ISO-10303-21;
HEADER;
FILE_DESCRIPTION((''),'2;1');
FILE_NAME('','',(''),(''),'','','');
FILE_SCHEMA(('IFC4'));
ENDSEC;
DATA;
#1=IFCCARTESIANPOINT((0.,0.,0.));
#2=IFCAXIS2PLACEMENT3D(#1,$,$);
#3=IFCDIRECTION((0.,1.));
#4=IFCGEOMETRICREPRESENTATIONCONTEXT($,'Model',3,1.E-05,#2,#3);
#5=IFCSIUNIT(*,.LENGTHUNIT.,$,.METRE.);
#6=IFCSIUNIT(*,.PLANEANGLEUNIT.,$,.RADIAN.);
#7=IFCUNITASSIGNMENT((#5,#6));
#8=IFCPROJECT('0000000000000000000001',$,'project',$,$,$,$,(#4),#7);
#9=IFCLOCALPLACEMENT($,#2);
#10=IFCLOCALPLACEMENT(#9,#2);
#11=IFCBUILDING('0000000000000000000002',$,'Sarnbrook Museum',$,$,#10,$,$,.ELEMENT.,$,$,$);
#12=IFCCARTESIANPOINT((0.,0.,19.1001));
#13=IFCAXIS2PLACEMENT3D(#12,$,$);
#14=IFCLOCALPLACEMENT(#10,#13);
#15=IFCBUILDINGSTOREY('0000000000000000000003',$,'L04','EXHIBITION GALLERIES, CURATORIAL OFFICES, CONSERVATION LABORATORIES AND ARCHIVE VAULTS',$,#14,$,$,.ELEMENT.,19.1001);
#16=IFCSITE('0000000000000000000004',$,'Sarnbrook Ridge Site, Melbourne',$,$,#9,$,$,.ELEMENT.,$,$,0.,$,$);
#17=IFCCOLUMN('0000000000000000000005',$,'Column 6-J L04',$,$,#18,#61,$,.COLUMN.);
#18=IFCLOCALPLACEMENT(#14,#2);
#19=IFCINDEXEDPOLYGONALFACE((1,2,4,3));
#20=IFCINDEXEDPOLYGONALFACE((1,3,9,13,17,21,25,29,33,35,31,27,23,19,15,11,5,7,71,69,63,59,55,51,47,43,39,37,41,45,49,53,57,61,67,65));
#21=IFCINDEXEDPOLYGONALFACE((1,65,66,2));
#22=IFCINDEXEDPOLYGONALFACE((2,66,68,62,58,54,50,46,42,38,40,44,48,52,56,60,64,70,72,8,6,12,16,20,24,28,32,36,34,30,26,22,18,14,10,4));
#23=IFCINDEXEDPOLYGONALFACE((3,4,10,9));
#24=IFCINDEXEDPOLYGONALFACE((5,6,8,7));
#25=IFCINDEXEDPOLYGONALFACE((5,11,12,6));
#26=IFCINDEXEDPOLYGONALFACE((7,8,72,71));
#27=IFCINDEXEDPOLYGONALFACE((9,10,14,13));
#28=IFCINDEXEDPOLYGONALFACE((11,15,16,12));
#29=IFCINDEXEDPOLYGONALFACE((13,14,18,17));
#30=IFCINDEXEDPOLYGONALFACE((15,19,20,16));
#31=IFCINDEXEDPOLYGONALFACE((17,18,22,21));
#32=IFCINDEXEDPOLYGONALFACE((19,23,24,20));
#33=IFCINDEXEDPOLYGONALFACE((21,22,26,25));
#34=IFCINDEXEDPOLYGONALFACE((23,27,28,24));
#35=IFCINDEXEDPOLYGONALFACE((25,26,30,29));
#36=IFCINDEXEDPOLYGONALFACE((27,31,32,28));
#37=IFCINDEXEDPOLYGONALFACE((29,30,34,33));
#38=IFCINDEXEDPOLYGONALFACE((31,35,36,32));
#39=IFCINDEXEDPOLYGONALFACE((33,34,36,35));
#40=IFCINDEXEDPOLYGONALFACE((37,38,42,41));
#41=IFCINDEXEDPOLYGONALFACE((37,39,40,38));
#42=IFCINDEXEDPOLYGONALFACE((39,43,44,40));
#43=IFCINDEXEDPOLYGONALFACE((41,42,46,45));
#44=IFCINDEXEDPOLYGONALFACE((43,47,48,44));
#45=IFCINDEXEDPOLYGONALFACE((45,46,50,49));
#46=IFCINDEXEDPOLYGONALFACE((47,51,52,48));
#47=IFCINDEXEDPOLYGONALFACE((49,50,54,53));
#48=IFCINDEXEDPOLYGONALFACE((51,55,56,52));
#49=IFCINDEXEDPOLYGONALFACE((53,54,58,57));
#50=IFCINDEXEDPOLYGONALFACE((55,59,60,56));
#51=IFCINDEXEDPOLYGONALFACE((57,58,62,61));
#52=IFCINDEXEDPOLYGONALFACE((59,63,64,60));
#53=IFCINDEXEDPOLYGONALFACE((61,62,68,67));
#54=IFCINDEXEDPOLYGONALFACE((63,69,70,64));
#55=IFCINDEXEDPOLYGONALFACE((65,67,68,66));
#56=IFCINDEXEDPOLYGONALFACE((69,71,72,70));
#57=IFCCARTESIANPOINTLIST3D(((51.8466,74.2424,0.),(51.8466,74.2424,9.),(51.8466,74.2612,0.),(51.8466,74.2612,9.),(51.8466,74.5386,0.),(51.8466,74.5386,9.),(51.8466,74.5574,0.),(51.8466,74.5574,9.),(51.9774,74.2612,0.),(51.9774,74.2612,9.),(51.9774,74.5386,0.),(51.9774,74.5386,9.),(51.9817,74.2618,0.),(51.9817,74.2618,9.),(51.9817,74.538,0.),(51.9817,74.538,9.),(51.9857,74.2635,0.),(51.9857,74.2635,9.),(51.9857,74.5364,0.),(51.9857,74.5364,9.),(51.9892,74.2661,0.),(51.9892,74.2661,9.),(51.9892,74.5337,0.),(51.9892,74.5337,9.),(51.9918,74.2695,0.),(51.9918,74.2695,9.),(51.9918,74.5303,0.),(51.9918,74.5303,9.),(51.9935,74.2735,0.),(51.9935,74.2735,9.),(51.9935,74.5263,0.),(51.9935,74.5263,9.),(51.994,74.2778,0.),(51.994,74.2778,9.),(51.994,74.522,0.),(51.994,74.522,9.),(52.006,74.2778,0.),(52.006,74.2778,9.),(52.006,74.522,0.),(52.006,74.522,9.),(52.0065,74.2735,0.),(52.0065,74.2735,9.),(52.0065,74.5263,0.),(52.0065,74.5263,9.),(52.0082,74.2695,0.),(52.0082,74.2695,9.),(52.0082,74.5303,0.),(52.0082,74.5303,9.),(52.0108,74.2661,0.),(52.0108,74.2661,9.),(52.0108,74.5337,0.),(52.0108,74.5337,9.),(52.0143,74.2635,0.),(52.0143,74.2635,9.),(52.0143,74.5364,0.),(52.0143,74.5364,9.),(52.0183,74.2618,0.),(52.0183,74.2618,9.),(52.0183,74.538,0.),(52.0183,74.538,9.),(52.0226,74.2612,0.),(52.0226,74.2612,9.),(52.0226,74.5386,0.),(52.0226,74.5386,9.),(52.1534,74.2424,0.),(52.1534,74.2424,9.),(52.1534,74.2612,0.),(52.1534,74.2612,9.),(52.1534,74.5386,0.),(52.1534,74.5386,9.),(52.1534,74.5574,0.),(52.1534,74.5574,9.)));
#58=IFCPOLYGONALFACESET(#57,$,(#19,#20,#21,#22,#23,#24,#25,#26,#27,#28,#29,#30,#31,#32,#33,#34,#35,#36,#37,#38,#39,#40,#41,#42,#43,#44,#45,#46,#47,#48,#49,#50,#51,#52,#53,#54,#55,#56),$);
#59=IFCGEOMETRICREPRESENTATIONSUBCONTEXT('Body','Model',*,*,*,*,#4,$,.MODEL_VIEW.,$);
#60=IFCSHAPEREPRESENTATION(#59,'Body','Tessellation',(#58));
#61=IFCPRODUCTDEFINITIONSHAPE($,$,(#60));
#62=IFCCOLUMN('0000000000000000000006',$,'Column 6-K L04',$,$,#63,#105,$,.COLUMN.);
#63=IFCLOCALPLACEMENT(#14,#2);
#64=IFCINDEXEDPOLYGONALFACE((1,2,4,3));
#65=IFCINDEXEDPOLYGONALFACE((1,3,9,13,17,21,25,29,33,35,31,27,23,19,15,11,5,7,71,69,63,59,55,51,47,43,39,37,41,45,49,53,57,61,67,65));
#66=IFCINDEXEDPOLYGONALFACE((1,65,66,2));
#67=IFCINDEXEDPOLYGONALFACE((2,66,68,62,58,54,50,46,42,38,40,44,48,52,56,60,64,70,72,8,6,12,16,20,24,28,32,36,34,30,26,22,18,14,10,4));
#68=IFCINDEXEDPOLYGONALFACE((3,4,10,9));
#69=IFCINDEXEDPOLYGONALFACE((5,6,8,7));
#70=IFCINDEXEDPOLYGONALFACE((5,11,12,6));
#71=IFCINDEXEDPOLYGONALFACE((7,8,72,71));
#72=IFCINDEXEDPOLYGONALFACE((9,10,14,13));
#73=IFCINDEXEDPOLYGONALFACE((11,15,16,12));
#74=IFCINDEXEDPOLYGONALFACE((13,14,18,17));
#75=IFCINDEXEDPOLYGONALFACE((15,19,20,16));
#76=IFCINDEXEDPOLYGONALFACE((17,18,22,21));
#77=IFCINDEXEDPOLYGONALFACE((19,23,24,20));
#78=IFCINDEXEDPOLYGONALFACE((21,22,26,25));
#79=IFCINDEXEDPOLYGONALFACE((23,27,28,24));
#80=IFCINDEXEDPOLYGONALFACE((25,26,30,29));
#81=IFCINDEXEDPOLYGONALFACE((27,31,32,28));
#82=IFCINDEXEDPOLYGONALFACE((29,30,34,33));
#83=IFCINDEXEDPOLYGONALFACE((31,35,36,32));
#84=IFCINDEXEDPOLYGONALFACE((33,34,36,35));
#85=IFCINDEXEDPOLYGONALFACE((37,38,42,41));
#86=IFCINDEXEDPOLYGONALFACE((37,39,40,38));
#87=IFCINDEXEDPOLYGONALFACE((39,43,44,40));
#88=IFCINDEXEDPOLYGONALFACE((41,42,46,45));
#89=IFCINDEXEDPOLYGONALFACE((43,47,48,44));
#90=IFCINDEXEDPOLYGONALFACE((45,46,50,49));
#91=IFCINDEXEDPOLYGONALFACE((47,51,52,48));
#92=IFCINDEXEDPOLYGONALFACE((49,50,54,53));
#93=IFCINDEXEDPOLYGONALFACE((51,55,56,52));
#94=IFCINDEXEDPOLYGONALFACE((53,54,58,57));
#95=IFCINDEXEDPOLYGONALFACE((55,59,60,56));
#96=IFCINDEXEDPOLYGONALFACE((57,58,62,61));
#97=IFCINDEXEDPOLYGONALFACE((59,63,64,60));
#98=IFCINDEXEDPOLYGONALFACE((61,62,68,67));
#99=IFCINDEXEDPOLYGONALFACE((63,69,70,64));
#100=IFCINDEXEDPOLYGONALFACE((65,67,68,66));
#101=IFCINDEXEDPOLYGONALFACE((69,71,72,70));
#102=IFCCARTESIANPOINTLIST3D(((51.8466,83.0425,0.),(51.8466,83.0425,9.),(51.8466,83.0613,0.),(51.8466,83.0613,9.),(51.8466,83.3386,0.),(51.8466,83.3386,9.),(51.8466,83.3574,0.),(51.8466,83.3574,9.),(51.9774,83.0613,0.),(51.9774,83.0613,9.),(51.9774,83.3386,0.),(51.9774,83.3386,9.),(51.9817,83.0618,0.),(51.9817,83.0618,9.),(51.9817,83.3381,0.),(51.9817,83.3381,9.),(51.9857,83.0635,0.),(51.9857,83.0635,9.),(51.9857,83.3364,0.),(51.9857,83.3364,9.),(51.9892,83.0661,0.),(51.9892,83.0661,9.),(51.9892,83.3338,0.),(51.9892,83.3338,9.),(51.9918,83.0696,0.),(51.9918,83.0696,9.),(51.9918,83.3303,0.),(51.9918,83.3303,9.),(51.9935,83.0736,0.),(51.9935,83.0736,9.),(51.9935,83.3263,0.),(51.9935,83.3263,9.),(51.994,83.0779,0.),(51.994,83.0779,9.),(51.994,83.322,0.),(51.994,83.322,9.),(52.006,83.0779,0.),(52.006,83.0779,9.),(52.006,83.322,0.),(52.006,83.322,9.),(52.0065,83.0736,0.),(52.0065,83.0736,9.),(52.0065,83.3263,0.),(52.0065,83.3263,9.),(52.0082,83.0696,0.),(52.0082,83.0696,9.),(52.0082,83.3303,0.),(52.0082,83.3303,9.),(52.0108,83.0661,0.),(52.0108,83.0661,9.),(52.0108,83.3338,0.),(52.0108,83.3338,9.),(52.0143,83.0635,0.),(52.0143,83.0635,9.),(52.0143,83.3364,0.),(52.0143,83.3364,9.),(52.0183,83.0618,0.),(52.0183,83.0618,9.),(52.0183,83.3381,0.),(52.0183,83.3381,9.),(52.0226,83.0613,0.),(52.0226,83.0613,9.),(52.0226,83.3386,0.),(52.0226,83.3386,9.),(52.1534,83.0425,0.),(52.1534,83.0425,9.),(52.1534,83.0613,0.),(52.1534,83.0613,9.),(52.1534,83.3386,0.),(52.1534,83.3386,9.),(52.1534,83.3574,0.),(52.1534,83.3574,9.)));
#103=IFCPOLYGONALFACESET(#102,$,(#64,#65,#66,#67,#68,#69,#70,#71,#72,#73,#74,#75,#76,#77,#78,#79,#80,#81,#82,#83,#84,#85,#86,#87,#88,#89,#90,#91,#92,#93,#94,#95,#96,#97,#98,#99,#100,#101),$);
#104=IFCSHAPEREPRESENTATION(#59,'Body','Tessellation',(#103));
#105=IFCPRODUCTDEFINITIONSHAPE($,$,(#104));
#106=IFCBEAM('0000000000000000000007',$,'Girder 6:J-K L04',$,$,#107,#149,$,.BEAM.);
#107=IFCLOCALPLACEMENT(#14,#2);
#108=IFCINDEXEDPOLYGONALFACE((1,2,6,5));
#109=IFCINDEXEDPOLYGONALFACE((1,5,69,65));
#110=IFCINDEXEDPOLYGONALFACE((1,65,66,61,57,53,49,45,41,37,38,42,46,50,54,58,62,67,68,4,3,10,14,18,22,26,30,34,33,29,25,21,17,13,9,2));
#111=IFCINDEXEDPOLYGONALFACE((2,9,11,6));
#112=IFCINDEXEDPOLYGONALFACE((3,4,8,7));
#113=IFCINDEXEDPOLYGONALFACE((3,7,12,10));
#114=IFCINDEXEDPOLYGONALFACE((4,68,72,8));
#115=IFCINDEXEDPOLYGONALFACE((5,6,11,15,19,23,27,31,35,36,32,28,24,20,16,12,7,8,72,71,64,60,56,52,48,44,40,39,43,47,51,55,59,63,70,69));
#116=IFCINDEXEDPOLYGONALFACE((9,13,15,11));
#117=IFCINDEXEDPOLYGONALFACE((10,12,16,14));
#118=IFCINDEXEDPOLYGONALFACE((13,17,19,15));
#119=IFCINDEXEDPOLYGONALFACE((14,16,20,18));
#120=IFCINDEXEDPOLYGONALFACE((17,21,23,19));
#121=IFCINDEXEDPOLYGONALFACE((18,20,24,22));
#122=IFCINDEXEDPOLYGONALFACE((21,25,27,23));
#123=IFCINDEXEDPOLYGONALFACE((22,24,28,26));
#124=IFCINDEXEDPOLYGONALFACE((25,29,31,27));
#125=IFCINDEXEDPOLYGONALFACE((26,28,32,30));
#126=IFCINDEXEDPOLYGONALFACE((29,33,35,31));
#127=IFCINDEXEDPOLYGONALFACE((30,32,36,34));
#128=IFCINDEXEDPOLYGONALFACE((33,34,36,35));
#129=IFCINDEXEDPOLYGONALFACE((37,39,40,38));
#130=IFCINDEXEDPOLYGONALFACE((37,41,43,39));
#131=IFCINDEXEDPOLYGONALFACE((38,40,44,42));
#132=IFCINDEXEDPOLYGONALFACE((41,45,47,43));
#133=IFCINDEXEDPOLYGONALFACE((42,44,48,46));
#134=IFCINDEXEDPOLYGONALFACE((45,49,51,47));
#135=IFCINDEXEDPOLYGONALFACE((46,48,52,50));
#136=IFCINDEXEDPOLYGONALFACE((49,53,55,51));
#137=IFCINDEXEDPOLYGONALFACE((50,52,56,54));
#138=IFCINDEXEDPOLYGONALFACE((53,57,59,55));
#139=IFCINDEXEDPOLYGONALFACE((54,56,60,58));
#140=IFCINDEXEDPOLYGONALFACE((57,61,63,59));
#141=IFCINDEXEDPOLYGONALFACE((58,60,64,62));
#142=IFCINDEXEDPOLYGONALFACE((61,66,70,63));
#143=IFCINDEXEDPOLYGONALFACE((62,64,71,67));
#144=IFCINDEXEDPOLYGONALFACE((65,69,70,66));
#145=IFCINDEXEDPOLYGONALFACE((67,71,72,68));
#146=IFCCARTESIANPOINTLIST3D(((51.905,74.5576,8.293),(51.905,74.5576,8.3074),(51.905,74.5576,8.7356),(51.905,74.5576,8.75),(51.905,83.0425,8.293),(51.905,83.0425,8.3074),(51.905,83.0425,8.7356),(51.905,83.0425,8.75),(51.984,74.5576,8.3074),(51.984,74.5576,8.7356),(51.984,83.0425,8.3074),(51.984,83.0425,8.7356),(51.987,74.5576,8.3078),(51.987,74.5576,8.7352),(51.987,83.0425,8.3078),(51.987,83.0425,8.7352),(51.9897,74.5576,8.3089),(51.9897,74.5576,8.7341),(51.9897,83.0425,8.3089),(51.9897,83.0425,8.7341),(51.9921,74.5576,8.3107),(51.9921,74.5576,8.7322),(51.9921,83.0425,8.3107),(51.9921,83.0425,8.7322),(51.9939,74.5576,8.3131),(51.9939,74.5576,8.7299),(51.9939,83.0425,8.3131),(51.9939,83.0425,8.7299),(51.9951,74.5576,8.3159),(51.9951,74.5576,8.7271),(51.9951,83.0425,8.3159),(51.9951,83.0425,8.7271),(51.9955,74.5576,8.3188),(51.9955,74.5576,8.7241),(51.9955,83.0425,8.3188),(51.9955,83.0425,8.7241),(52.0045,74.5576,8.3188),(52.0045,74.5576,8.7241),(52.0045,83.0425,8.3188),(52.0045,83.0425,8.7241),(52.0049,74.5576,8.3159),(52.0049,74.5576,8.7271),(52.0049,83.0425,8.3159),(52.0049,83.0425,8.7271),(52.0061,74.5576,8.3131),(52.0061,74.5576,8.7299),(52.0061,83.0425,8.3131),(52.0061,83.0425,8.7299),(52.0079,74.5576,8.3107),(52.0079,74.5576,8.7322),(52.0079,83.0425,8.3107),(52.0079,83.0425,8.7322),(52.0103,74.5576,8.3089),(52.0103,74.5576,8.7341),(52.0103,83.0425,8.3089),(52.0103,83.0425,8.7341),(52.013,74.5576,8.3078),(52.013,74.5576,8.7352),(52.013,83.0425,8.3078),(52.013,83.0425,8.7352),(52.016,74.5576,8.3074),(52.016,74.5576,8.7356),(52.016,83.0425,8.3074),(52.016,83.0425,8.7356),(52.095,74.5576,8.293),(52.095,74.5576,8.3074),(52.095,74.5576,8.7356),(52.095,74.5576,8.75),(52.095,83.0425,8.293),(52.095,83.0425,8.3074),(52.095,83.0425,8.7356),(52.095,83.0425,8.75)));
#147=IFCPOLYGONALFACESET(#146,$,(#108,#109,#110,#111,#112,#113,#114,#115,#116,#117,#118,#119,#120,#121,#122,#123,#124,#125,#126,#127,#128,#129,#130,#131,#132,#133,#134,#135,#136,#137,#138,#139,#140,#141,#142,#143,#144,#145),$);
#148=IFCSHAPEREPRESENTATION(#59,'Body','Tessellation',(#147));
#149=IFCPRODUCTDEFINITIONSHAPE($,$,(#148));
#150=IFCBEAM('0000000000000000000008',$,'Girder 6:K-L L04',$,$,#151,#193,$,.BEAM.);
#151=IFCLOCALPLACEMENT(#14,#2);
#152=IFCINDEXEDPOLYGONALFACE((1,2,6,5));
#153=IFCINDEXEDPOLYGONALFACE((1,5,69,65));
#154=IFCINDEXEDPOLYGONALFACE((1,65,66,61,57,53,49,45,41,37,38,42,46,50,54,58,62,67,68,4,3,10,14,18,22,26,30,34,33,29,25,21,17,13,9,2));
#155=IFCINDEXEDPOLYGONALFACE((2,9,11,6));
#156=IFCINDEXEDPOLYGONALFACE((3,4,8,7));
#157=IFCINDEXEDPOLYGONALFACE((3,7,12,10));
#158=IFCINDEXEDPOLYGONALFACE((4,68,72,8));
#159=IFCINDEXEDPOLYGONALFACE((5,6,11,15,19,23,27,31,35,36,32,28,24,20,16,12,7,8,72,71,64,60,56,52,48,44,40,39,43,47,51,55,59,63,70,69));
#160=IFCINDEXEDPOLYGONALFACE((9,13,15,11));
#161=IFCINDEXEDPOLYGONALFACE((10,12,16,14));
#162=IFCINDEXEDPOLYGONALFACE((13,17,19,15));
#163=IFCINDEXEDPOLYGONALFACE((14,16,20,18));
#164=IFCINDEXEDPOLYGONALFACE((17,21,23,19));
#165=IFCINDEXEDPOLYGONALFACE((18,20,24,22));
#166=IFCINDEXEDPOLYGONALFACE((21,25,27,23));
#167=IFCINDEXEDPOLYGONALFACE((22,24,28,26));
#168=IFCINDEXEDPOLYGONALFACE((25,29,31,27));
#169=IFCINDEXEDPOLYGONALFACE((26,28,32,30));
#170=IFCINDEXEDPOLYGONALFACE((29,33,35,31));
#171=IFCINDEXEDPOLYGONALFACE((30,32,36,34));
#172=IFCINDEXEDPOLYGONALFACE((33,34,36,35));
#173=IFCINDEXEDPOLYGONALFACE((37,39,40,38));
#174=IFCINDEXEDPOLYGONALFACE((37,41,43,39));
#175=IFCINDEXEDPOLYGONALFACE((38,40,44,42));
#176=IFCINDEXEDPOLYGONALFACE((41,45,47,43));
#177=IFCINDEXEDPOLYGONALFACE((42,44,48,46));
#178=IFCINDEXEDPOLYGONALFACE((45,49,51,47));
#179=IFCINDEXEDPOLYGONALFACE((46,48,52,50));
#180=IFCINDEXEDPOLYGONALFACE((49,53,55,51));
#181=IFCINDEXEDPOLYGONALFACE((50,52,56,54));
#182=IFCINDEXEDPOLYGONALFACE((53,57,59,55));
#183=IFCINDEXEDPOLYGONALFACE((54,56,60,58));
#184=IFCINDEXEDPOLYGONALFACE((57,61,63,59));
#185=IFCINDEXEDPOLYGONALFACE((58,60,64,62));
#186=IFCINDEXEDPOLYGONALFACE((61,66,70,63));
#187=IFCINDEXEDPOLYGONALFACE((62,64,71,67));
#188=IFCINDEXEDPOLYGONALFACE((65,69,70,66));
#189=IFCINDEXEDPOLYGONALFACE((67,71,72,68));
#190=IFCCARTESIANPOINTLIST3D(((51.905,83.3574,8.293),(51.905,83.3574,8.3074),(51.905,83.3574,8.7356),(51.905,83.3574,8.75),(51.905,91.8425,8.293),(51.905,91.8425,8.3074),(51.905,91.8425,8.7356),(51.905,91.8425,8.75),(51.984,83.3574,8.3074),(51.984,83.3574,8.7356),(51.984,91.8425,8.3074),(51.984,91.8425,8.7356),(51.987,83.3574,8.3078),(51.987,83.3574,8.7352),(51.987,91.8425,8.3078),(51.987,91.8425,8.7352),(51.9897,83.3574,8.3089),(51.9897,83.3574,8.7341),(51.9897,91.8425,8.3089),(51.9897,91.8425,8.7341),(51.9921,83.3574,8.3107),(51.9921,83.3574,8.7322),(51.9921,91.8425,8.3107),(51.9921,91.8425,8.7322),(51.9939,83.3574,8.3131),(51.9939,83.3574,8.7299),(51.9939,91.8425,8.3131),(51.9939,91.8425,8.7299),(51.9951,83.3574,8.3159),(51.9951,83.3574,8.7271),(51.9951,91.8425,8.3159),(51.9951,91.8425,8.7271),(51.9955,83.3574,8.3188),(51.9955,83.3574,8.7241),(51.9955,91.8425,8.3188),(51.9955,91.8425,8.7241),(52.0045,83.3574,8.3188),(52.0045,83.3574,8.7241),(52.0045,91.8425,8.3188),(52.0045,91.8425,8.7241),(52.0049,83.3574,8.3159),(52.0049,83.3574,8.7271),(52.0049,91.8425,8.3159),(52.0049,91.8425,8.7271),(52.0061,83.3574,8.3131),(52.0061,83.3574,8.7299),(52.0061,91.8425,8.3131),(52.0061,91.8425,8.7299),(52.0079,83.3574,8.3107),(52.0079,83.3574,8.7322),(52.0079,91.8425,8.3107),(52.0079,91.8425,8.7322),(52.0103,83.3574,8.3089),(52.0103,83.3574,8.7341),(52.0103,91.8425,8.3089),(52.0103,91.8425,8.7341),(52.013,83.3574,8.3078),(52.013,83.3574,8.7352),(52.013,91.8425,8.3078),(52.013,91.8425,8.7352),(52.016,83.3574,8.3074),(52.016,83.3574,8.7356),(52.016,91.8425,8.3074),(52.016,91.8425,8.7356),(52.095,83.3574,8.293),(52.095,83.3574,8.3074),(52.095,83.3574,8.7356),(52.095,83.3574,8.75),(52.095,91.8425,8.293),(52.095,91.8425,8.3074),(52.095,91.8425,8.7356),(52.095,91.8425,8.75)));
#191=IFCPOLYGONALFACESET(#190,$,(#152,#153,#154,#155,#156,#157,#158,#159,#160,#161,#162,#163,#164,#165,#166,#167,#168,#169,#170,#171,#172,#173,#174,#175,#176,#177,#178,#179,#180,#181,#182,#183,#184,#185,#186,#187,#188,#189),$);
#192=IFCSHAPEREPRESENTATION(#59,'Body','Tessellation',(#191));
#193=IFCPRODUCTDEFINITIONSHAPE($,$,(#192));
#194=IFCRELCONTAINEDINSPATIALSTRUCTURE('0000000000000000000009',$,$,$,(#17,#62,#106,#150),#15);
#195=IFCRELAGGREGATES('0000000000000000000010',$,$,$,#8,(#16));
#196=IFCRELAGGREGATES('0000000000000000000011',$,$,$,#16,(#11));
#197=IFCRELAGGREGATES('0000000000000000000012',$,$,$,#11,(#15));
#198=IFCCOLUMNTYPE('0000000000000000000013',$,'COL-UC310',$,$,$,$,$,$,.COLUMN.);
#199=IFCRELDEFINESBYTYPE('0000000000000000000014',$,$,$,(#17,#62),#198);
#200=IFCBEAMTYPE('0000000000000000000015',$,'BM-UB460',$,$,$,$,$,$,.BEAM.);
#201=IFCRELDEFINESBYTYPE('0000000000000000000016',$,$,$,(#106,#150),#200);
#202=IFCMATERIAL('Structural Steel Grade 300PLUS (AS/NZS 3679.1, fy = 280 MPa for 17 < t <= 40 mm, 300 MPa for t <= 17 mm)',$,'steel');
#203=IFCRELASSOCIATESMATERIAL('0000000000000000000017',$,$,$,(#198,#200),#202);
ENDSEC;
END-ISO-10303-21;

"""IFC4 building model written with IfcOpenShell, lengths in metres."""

from ifc_helpers import new_model, si_unit, direction, frame, origin, origin_2d, place, context, subcontext, project, spatial, i_section, extrude, material, material_profile, profile_set, type_object, element, save


model = new_model("IFC4")

# Units and contexts
model_context = context("Model", 3, precision=1e-05, world=origin(), true_north=direction((0.0, 1.0)))
body_context = subcontext(model_context, "Body", "Model", "MODEL_VIEW")
ifc_project = project(units=[si_unit("LENGTHUNIT", "METRE"), si_unit("PLANEANGLEUNIT", "RADIAN")], contexts=[model_context])

# Site, building, storey
site_placement = place(None, origin())
site = spatial("IfcSite", under=ifc_project, at=site_placement, Name="Sarnbrook Ridge Site, Melbourne", CompositionType="ELEMENT", RefElevation=0.0)
building_placement = place(site_placement, origin())
building = spatial("IfcBuilding", under=site, at=building_placement, Name="Sarnbrook Museum", CompositionType="ELEMENT")
storey_placement = place(building_placement, frame((0.0, 0.0, 19.1001)))
storey = spatial("IfcBuildingStorey", under=building, at=storey_placement, Name="L04", Description="EXHIBITION GALLERIES, CURATORIAL OFFICES, CONSERVATION LABORATORIES AND ARCHIVE VAULTS", CompositionType="ELEMENT", Elevation=19.1001)

# Columns
ifc_material_1 = material(Name="Structural Steel Grade 300PLUS (AS/NZS 3679.1, fy = 280 MPa for 17 < t <= 40 mm, 300 MPa for t <= 17 mm)", Category="steel")
ifc_material_profile_1 = material_profile(ifc_material_1, i_section(OverallWidth=0.3069, OverallDepth=0.3149, WebThickness=0.012, FlangeThickness=0.0188, FilletRadius=0.0166, at=origin_2d()), Name="310UC118")
ifc_profile_set_1 = profile_set([ifc_material_profile_1], Name="Structural Steel Grade 300PLUS (AS/NZS 3679.1, fy = 280 MPa for 17 < t <= 40 mm, 300 MPa for t <= 17 mm)")
column_type = type_object("IfcColumnType", Name="COL-UC310", PredefinedType="COLUMN", material=ifc_profile_set_1)
for number, where, z_axis, x_axis, name in (
    (1, (52.0, 74.3999, 0.0), (0.0, 0.0, 1.0), (1.0, 0.0, 0.0), "Column 6-J L04"),
    (2, (52.0, 83.2, 0.0), (0.0, 0.0, 1.0), (1.0, 0.0, 0.0), "Column 6-K L04"),
):
    element("IfcColumn", number, at=place(storey_placement, frame(where, z_axis=z_axis, x_axis=x_axis)), inside=storey, type_object=column_type, Name=name, PredefinedType="COLUMN", context=body_context, shape_type="SweptSolid", body=[
        extrude(i_section(OverallWidth=0.3069, OverallDepth=0.3149, WebThickness=0.012, FlangeThickness=0.0188, FilletRadius=0.0166, at=origin_2d()), origin(), (0.0, 0.0, 1.0), 9.0),
    ])

# Beams
ifc_material_profile_2 = material_profile(ifc_material_1, i_section(OverallWidth=0.1899, OverallDepth=0.457, WebThickness=0.009, FlangeThickness=0.0144, FilletRadius=0.0115, at=origin_2d()), Name="460UB74.6")
ifc_profile_set_2 = profile_set([ifc_material_profile_2], Name="Structural Steel Grade 300PLUS (AS/NZS 3679.1, fy = 280 MPa for 17 < t <= 40 mm, 300 MPa for t <= 17 mm)")
beam_type_1 = type_object("IfcBeamType", Name="BM-UB460", PredefinedType="BEAM", material=ifc_profile_set_2)
beam_1_placement = place(storey_placement, frame((52.0, 74.5576, 8.5215), z_axis=(0.0, 1.0, 0.0), x_axis=(-1.0, 0.0, 0.0)))
element("IfcBeam", 3, at=beam_1_placement, inside=storey, type_object=beam_type_1, Name="Girder 6:J-K L04", PredefinedType="BEAM", context=body_context, shape_type="SweptSolid", body=[
    extrude(i_section(OverallWidth=0.1899, OverallDepth=0.457, WebThickness=0.009, FlangeThickness=0.0144, FilletRadius=0.0115, at=origin_2d()), origin(), (0.0, 0.0, 1.0), 8.4849),
])
beam_2_placement = place(storey_placement, frame((52.0, 83.3574, 8.5215), z_axis=(0.0, 1.0, 0.0), x_axis=(-1.0, 0.0, 0.0)))
element("IfcBeam", 4, at=beam_2_placement, inside=storey, type_object=beam_type_1, Name="Girder 6:K-L L04", PredefinedType="BEAM", context=body_context, shape_type="SweptSolid", body=[
    extrude(i_section(OverallWidth=0.1899, OverallDepth=0.457, WebThickness=0.009, FlangeThickness=0.0144, FilletRadius=0.0115, at=origin_2d()), origin(), (0.0, 0.0, 1.0), 8.4851),
])

save(model, "model.ifc")
